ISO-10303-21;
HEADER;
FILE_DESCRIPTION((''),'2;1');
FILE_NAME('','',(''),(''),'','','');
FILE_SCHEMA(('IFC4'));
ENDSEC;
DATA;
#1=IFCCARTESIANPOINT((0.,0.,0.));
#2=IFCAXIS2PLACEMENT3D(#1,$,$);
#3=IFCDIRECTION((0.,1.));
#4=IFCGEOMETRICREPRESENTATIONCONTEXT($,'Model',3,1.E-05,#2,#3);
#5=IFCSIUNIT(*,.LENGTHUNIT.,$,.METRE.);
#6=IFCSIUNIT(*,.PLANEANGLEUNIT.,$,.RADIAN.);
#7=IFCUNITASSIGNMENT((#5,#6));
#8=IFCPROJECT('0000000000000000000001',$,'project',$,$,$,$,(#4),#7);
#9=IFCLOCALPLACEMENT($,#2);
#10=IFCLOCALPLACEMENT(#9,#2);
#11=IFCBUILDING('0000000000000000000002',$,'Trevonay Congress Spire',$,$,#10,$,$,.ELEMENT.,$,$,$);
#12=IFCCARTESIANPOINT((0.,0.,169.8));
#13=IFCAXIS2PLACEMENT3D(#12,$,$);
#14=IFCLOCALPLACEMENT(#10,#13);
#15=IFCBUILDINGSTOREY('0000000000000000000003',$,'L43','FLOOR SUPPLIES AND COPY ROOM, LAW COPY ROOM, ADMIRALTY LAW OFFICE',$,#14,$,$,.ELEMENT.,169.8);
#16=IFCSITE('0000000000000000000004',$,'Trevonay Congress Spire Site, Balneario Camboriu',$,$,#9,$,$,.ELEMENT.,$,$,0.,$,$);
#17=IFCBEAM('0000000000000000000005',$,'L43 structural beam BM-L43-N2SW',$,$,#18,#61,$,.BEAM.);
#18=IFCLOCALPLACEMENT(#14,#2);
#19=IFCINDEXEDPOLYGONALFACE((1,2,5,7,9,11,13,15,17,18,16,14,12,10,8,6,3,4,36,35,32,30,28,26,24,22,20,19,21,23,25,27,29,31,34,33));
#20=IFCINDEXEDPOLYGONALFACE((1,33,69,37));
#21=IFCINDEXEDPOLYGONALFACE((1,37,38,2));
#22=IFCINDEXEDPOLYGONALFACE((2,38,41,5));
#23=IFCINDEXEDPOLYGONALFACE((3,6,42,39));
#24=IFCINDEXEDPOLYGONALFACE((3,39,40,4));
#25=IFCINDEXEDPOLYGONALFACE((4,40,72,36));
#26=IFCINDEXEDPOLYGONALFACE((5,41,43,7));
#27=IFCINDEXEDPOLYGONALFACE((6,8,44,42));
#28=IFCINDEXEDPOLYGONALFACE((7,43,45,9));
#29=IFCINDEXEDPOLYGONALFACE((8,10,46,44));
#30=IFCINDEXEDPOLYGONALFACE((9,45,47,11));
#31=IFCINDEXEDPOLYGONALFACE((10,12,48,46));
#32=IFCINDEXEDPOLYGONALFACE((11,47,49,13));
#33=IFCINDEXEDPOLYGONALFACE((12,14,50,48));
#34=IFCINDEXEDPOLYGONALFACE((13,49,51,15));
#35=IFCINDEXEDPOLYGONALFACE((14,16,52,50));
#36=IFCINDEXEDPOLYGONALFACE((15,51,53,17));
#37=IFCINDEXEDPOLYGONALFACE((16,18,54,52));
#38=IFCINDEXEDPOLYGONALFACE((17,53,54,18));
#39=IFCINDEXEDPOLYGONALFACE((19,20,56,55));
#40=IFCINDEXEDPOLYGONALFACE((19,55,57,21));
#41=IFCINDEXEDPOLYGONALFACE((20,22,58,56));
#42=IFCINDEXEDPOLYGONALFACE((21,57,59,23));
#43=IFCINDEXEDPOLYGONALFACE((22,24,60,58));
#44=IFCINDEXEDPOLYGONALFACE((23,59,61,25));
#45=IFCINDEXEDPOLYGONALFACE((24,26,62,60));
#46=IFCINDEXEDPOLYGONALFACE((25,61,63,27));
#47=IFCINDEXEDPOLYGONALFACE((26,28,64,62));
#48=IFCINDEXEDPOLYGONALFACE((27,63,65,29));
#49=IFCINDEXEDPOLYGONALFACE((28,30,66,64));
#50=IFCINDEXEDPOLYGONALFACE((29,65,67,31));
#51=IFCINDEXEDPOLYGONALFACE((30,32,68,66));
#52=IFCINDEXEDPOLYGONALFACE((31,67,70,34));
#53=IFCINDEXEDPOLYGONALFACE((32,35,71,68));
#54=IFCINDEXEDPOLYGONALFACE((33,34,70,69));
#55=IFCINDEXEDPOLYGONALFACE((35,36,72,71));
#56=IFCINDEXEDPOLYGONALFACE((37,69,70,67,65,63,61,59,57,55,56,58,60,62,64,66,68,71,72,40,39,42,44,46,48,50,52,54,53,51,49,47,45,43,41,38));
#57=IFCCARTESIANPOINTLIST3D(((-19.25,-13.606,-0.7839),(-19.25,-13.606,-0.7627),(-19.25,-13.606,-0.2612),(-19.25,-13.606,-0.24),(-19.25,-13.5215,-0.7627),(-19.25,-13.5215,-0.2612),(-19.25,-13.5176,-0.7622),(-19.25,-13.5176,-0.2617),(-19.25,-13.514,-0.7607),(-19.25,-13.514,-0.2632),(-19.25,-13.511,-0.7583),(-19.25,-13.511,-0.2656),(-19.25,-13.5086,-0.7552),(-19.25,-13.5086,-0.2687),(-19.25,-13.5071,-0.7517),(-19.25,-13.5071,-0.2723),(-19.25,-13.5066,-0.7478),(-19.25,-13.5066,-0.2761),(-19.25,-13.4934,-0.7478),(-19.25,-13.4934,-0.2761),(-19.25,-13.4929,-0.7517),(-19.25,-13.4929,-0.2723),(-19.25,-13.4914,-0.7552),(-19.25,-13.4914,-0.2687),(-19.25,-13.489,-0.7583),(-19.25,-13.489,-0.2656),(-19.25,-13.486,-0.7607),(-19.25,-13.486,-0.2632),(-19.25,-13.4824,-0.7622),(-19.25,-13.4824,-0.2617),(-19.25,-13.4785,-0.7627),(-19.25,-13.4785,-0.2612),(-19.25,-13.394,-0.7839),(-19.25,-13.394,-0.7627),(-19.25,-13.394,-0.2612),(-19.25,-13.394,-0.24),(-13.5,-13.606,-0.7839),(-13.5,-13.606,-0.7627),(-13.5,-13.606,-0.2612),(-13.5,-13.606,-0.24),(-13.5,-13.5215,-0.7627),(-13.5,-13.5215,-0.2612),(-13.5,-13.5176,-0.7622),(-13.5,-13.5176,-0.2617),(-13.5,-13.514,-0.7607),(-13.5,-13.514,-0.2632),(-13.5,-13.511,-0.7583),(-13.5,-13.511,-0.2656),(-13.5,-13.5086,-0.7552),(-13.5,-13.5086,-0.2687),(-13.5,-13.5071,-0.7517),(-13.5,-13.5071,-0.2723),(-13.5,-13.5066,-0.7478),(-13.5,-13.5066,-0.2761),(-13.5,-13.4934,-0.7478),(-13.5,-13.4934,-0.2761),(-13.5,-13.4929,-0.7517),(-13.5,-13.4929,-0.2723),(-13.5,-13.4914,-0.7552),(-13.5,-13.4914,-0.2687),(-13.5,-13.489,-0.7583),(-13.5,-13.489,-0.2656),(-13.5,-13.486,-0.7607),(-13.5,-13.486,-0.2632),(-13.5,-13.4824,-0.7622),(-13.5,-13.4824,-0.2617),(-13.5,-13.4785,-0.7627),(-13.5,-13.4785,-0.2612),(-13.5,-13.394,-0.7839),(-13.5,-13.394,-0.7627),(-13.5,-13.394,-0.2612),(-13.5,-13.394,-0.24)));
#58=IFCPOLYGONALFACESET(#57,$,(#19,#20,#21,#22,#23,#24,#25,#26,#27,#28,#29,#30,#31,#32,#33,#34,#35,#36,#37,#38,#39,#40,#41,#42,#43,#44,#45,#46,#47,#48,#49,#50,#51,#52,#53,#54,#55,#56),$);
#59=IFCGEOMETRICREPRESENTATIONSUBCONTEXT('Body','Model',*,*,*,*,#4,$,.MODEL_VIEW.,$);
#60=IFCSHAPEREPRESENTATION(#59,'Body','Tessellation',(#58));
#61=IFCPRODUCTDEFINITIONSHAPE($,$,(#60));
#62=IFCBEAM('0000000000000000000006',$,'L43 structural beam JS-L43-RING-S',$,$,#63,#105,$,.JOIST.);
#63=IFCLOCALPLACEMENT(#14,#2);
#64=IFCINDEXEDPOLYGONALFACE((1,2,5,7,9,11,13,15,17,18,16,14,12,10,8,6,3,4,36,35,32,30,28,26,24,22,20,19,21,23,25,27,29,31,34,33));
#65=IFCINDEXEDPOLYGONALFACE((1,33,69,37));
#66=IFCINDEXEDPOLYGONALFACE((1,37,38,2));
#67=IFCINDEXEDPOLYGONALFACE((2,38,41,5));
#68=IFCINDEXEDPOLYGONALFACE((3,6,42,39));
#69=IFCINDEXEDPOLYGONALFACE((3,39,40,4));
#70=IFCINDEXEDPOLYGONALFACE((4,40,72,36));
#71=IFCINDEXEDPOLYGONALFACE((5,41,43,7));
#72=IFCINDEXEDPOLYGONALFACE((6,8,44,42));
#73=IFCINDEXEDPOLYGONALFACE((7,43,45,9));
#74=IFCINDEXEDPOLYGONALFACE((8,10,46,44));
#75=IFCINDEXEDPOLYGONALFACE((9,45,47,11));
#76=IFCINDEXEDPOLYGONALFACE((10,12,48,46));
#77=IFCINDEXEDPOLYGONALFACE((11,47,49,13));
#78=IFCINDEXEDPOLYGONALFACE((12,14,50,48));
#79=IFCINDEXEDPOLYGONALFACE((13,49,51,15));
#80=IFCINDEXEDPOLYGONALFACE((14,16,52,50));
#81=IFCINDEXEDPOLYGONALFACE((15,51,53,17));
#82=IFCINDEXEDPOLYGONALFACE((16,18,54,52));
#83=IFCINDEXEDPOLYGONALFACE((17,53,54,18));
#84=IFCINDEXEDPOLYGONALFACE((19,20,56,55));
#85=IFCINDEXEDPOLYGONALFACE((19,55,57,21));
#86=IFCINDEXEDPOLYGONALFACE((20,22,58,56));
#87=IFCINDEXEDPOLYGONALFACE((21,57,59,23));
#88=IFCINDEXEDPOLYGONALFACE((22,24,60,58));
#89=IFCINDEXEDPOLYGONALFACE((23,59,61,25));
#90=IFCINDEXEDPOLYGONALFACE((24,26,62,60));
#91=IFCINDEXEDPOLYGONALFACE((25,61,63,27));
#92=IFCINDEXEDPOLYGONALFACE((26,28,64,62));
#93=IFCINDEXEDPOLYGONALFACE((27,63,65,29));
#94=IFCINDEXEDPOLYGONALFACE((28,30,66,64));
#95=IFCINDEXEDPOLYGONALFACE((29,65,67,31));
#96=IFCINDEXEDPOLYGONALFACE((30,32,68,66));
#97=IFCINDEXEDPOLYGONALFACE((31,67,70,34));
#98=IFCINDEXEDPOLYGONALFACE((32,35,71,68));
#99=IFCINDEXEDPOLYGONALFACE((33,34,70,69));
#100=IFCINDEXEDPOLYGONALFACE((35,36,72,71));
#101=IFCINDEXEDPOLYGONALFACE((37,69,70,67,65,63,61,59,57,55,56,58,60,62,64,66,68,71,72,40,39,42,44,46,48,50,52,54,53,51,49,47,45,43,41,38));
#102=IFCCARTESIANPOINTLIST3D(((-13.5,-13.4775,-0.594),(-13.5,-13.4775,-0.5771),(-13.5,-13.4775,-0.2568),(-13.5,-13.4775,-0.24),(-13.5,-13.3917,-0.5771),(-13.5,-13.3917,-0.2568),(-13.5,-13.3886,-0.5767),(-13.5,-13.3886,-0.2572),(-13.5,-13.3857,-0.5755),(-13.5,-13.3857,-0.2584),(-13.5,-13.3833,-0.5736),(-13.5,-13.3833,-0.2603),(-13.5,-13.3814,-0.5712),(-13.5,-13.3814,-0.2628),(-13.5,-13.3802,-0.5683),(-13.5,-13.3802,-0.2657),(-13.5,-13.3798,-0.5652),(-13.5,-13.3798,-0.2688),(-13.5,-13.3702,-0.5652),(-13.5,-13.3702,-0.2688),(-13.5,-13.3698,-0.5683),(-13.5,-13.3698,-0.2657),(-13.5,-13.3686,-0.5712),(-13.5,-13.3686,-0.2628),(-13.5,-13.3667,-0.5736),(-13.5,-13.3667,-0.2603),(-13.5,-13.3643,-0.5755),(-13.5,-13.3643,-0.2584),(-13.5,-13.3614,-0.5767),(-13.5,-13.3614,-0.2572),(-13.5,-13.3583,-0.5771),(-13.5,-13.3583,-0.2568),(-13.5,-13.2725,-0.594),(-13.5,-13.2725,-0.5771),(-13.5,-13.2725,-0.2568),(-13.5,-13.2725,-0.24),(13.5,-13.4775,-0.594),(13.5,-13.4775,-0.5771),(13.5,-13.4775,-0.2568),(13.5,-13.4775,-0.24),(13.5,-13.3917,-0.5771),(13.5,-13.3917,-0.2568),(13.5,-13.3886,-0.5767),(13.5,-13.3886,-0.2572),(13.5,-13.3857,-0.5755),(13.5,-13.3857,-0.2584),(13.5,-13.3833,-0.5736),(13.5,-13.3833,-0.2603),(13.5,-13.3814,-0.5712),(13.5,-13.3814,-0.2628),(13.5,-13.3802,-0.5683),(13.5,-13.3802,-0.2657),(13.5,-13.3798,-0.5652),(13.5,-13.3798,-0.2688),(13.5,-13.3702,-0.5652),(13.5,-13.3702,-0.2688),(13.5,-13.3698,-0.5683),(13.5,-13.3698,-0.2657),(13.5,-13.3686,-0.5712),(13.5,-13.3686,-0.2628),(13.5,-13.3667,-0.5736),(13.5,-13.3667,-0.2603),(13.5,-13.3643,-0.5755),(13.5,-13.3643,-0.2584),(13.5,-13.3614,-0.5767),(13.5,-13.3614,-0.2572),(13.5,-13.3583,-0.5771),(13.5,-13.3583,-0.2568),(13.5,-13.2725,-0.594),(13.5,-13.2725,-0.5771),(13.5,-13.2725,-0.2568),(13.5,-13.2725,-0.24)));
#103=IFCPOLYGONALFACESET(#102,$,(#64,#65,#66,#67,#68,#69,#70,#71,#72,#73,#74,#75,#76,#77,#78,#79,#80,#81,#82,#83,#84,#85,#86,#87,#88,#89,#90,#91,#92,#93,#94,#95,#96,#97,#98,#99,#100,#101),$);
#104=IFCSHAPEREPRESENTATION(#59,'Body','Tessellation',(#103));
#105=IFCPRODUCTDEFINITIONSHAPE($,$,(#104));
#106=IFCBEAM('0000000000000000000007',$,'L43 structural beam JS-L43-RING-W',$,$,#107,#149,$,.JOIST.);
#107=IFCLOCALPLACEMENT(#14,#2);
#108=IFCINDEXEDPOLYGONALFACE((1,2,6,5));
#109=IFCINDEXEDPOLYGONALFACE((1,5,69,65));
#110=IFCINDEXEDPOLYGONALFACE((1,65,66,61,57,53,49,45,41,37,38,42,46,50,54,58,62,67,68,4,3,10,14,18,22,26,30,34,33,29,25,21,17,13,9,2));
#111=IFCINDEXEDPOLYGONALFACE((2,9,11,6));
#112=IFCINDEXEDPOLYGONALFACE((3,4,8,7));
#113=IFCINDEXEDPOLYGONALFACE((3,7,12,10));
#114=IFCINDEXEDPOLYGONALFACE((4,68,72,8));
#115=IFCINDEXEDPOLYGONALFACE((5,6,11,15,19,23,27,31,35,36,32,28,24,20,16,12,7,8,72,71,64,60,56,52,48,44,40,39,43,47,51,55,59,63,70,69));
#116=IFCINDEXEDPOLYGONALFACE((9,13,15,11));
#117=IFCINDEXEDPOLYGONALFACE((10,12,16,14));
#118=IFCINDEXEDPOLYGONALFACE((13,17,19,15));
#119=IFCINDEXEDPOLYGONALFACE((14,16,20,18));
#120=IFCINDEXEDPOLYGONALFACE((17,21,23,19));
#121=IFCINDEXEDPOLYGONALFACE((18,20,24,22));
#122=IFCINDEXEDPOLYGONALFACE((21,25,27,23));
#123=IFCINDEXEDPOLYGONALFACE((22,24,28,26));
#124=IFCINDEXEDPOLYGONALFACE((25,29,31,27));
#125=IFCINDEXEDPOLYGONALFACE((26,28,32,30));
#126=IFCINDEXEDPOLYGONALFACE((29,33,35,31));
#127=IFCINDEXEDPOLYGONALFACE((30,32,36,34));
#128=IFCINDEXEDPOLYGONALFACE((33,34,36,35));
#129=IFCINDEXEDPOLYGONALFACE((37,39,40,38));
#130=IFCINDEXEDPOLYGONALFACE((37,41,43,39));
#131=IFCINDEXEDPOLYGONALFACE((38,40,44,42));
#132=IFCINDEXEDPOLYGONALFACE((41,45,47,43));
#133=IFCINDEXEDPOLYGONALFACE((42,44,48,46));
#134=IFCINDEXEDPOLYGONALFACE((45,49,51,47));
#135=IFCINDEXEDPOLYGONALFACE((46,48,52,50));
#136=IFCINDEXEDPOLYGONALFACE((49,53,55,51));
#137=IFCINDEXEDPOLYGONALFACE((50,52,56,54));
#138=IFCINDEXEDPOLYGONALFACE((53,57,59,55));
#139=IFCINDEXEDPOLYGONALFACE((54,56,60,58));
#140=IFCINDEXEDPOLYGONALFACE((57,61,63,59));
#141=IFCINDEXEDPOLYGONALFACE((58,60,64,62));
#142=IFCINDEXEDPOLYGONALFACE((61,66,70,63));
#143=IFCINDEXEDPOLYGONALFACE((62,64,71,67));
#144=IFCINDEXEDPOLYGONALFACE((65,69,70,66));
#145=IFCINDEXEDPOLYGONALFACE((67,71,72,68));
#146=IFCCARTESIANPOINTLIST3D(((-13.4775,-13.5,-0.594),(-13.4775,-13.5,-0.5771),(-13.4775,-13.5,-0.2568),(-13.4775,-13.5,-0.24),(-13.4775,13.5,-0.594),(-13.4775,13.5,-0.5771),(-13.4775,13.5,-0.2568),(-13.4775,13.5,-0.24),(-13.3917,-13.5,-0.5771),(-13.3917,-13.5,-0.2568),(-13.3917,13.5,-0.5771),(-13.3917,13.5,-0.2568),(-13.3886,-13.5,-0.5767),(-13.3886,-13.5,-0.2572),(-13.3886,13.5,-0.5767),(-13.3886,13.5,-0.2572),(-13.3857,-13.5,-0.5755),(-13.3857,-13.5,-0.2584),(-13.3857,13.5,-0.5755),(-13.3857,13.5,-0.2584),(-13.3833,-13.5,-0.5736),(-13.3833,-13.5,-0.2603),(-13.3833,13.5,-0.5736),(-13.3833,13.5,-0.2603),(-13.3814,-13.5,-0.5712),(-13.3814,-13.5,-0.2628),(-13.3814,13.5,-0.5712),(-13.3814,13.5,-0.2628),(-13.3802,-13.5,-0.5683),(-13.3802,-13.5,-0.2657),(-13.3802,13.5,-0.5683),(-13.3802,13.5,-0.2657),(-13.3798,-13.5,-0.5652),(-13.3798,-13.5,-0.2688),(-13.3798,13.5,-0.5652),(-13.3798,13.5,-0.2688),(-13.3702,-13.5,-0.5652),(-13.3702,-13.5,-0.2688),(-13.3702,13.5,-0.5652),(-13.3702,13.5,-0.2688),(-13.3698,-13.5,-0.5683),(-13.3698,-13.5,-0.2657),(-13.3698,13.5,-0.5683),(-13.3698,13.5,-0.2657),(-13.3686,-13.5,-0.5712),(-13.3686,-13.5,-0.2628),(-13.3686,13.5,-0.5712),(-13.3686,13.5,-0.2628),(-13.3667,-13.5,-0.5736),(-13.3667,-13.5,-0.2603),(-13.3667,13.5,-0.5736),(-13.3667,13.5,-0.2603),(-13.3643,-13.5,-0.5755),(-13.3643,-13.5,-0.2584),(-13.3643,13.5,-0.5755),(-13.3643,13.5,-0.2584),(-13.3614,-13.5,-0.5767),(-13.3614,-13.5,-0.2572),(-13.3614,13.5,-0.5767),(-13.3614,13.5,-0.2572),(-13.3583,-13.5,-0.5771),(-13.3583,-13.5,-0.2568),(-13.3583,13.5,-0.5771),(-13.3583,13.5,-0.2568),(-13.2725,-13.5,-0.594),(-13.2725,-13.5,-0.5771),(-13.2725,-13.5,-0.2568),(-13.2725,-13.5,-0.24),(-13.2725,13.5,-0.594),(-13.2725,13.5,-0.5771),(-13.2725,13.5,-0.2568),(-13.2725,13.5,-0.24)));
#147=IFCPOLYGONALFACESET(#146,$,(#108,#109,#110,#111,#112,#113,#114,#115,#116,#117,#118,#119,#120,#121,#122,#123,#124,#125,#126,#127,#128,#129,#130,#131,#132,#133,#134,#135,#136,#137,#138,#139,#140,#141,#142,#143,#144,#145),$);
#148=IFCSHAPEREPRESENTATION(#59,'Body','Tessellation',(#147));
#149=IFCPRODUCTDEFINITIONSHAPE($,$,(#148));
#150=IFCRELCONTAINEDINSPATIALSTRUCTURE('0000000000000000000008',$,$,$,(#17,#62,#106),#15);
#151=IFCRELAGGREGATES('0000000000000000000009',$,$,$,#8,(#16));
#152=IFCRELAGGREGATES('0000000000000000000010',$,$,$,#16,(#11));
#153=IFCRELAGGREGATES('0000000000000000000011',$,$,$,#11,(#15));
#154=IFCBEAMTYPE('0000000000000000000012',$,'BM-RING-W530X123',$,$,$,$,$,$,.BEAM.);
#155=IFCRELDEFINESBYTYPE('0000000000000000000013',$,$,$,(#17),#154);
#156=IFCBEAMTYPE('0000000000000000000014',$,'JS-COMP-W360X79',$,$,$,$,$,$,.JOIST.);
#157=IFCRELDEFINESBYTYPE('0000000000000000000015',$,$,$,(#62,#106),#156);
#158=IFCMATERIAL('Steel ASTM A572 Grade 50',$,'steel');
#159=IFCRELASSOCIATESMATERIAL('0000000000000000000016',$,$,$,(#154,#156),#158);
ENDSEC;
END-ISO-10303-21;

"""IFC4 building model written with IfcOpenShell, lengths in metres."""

from ifc_helpers import new_model, si_unit, direction, frame, origin, origin_2d, place, context, subcontext, project, spatial, i_section, extrude, material, material_profile, profile_set, type_object, element, save


model = new_model("IFC4")

# Units and contexts
model_context = context("Model", 3, precision=1e-05, world=origin(), true_north=direction((0.0, 1.0)))
body_context = subcontext(model_context, "Body", "Model", "MODEL_VIEW")
ifc_project = project(units=[si_unit("LENGTHUNIT", "METRE"), si_unit("PLANEANGLEUNIT", "RADIAN")], contexts=[model_context])

# Site, building, storey
site_placement = place(None, origin())
site = spatial("IfcSite", under=ifc_project, at=site_placement, Name="Trevonay Congress Spire Site, Balneario Camboriu", CompositionType="ELEMENT", RefElevation=0.0)
building_placement = place(site_placement, origin())
building = spatial("IfcBuilding", under=site, at=building_placement, Name="Trevonay Congress Spire", CompositionType="ELEMENT")
storey_placement = place(building_placement, frame((0.0, 0.0, 169.8)))
storey = spatial("IfcBuildingStorey", under=building, at=storey_placement, Name="L43", Description="FLOOR SUPPLIES AND COPY ROOM, LAW COPY ROOM, ADMIRALTY LAW OFFICE", CompositionType="ELEMENT", Elevation=169.8)

# Shared definitions
ifc_material_1 = material(Name="Steel ASTM A572 Grade 50", Category="steel")

# Beams
ifc_material_profile_1 = material_profile(ifc_material_1, i_section(OverallWidth=0.2119, OverallDepth=0.5439, WebThickness=0.0132, FlangeThickness=0.0212, FilletRadius=0.0149, at=origin_2d()), Name="W530x123")
ifc_profile_set_1 = profile_set([ifc_material_profile_1], Name="Steel ASTM A572 Grade 50")
beam_type_1 = type_object("IfcBeamType", Name="BM-RING-W530X123", PredefinedType="BEAM", material=ifc_profile_set_1)
for number, where, z_axis, x_axis, name in (
    (1, (-19.25, -13.5, -0.512), (1.0, 0.0, 0.0), (0.0, 1.0, 0.0), "L43 structural beam BM-L43-N2SW"),
):
    element("IfcBeam", number, at=place(storey_placement, frame(where, z_axis=z_axis, x_axis=x_axis)), inside=storey, type_object=beam_type_1, Name=name, PredefinedType="BEAM", context=body_context, shape_type="SweptSolid", body=[
        extrude(i_section(OverallWidth=0.2119, OverallDepth=0.5439, WebThickness=0.0132, FlangeThickness=0.0212, FilletRadius=0.0149, at=origin_2d()), origin(), (0.0, 0.0, 1.0), 5.75),
    ])
ifc_material_profile_2 = material_profile(ifc_material_1, i_section(OverallWidth=0.2051, OverallDepth=0.354, WebThickness=0.0095, FlangeThickness=0.0168, FilletRadius=0.012, at=origin_2d()), Name="W360x79")
ifc_profile_set_2 = profile_set([ifc_material_profile_2], Name="Steel ASTM A572 Grade 50")
beam_type_2 = type_object("IfcBeamType", Name="JS-COMP-W360X79", PredefinedType="JOIST", material=ifc_profile_set_2)
for number, where, z_axis, x_axis, name in (
    (2, (-13.5, -13.375, -0.417), (1.0, 0.0, 0.0), (0.0, 1.0, 0.0), "L43 structural beam JS-L43-RING-S"),
    (3, (-13.375, -13.5, -0.417), (0.0, 1.0, 0.0), (-1.0, 0.0, 0.0), "L43 structural beam JS-L43-RING-W"),
):
    element("IfcBeam", number, at=place(storey_placement, frame(where, z_axis=z_axis, x_axis=x_axis)), inside=storey, type_object=beam_type_2, Name=name, PredefinedType="JOIST", context=body_context, shape_type="SweptSolid", body=[
        extrude(i_section(OverallWidth=0.2051, OverallDepth=0.354, WebThickness=0.0095, FlangeThickness=0.0168, FilletRadius=0.012, at=origin_2d()), origin(), (0.0, 0.0, 1.0), 27.0),
    ])

save(model, "model.ifc")
